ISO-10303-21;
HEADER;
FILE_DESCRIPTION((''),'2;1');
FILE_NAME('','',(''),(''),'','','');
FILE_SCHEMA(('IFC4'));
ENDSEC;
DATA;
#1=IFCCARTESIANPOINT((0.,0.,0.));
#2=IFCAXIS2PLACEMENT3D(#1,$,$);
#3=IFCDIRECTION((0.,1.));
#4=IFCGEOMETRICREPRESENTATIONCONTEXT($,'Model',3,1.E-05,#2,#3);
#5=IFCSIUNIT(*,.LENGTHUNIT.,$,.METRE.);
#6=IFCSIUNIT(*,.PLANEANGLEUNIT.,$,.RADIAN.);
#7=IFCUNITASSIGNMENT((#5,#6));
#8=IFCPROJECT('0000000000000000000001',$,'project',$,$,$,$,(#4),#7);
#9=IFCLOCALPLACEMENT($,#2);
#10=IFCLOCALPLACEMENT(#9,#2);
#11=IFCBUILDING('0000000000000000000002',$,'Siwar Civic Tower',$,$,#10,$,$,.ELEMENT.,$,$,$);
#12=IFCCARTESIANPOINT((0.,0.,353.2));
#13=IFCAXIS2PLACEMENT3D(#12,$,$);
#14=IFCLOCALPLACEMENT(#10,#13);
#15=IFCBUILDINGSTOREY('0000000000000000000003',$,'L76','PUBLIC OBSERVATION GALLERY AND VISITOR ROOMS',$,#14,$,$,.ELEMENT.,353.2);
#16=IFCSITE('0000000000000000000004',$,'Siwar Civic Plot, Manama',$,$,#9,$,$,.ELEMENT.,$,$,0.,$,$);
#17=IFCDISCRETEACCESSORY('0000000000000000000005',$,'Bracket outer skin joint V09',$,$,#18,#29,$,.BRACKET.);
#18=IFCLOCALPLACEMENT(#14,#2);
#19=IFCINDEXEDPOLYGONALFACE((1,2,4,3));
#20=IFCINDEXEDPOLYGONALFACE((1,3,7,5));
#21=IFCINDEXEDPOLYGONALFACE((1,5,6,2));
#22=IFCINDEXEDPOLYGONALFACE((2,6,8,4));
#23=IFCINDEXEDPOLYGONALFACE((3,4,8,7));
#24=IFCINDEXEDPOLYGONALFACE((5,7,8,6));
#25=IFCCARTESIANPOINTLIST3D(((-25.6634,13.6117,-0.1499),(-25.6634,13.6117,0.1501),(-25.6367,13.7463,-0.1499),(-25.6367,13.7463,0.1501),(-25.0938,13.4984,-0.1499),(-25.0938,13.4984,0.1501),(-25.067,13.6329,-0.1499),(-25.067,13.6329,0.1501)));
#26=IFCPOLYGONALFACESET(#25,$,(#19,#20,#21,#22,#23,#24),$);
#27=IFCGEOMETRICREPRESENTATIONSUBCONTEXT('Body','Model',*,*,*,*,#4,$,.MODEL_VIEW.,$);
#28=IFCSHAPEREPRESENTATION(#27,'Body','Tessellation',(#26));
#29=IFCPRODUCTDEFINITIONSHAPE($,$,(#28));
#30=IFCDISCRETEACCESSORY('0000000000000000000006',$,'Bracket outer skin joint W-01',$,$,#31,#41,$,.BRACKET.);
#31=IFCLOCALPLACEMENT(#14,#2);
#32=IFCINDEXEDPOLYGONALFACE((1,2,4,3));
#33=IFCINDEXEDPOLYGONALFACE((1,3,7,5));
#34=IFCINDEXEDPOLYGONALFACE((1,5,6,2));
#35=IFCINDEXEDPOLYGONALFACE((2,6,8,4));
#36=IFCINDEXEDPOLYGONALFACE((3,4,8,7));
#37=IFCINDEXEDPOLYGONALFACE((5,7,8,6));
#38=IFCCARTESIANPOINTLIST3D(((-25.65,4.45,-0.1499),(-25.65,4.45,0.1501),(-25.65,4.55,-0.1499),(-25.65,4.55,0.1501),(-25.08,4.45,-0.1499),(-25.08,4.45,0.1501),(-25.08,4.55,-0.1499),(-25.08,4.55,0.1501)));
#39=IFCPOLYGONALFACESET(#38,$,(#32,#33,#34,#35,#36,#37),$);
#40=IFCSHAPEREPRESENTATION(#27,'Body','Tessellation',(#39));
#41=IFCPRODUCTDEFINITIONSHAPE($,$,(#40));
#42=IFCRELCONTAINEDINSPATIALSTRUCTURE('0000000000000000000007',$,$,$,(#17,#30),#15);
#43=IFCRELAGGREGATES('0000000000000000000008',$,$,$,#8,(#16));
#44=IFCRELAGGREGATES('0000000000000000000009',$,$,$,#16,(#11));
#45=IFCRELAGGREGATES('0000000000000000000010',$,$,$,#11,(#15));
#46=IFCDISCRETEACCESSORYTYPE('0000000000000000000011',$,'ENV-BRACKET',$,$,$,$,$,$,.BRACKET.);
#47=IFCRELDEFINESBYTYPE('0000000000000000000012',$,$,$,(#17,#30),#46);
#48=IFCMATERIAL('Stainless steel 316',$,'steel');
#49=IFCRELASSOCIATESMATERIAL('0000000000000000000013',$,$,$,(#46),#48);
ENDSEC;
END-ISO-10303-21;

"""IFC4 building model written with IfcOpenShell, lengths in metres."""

from ifc_helpers import new_model, si_unit, direction, frame, origin, origin_2d, place, context, subcontext, project, spatial, rectangle, extrude, material, type_object, element, save


model = new_model("IFC4")

# Units and contexts
model_context = context("Model", 3, precision=1e-05, world=origin(), true_north=direction((0.0, 1.0)))
body_context = subcontext(model_context, "Body", "Model", "MODEL_VIEW")
ifc_project = project(units=[si_unit("LENGTHUNIT", "METRE"), si_unit("PLANEANGLEUNIT", "RADIAN")], contexts=[model_context])

# Site, building, storey
site_placement = place(None, origin())
site = spatial("IfcSite", under=ifc_project, at=site_placement, Name="Siwar Civic Plot, Manama", CompositionType="ELEMENT", RefElevation=0.0)
building_placement = place(site_placement, origin())
building = spatial("IfcBuilding", under=site, at=building_placement, Name="Siwar Civic Tower", CompositionType="ELEMENT")
storey_placement = place(building_placement, frame((0.0, 0.0, 353.2)))
storey = spatial("IfcBuildingStorey", under=building, at=storey_placement, Name="L76", Description="PUBLIC OBSERVATION GALLERY AND VISITOR ROOMS", CompositionType="ELEMENT", Elevation=353.2)

# Discrete accessories
ifc_material_1 = material(Name="Stainless steel 316", Category="steel")
discrete_accessory_type = type_object("IfcDiscreteAccessoryType", Name="ENV-BRACKET", PredefinedType="BRACKET", material=ifc_material_1)
discrete_accessory_1_placement = place(storey_placement, frame((-25.3652, 13.6223, -0.1499), z_axis=(0.0, 0.0, 1.0), x_axis=(-0.980785, 0.19509, 0.0)))
element("IfcDiscreteAccessory", 1, at=discrete_accessory_1_placement, inside=storey, type_object=discrete_accessory_type, Name="Bracket outer skin joint V09", PredefinedType="BRACKET", context=body_context, shape_type="SweptSolid", body=[
    extrude(rectangle(XDim=0.5808, YDim=0.1372, at=origin_2d()), origin(), (0.0, 0.0, 1.0), 0.3),
])
discrete_accessory_2_placement = place(storey_placement, frame((-25.365, 4.5, -0.1499), z_axis=(0.0, 0.0, 1.0), x_axis=(-1.0, 0.0, 0.0)))
element("IfcDiscreteAccessory", 2, at=discrete_accessory_2_placement, inside=storey, type_object=discrete_accessory_type, Name="Bracket outer skin joint W-01", PredefinedType="BRACKET", context=body_context, shape_type="SweptSolid", body=[
    extrude(rectangle(XDim=0.5701, YDim=0.1001, at=origin_2d()), origin(), (0.0, 0.0, 1.0), 0.3),
])

save(model, "model.ifc")
